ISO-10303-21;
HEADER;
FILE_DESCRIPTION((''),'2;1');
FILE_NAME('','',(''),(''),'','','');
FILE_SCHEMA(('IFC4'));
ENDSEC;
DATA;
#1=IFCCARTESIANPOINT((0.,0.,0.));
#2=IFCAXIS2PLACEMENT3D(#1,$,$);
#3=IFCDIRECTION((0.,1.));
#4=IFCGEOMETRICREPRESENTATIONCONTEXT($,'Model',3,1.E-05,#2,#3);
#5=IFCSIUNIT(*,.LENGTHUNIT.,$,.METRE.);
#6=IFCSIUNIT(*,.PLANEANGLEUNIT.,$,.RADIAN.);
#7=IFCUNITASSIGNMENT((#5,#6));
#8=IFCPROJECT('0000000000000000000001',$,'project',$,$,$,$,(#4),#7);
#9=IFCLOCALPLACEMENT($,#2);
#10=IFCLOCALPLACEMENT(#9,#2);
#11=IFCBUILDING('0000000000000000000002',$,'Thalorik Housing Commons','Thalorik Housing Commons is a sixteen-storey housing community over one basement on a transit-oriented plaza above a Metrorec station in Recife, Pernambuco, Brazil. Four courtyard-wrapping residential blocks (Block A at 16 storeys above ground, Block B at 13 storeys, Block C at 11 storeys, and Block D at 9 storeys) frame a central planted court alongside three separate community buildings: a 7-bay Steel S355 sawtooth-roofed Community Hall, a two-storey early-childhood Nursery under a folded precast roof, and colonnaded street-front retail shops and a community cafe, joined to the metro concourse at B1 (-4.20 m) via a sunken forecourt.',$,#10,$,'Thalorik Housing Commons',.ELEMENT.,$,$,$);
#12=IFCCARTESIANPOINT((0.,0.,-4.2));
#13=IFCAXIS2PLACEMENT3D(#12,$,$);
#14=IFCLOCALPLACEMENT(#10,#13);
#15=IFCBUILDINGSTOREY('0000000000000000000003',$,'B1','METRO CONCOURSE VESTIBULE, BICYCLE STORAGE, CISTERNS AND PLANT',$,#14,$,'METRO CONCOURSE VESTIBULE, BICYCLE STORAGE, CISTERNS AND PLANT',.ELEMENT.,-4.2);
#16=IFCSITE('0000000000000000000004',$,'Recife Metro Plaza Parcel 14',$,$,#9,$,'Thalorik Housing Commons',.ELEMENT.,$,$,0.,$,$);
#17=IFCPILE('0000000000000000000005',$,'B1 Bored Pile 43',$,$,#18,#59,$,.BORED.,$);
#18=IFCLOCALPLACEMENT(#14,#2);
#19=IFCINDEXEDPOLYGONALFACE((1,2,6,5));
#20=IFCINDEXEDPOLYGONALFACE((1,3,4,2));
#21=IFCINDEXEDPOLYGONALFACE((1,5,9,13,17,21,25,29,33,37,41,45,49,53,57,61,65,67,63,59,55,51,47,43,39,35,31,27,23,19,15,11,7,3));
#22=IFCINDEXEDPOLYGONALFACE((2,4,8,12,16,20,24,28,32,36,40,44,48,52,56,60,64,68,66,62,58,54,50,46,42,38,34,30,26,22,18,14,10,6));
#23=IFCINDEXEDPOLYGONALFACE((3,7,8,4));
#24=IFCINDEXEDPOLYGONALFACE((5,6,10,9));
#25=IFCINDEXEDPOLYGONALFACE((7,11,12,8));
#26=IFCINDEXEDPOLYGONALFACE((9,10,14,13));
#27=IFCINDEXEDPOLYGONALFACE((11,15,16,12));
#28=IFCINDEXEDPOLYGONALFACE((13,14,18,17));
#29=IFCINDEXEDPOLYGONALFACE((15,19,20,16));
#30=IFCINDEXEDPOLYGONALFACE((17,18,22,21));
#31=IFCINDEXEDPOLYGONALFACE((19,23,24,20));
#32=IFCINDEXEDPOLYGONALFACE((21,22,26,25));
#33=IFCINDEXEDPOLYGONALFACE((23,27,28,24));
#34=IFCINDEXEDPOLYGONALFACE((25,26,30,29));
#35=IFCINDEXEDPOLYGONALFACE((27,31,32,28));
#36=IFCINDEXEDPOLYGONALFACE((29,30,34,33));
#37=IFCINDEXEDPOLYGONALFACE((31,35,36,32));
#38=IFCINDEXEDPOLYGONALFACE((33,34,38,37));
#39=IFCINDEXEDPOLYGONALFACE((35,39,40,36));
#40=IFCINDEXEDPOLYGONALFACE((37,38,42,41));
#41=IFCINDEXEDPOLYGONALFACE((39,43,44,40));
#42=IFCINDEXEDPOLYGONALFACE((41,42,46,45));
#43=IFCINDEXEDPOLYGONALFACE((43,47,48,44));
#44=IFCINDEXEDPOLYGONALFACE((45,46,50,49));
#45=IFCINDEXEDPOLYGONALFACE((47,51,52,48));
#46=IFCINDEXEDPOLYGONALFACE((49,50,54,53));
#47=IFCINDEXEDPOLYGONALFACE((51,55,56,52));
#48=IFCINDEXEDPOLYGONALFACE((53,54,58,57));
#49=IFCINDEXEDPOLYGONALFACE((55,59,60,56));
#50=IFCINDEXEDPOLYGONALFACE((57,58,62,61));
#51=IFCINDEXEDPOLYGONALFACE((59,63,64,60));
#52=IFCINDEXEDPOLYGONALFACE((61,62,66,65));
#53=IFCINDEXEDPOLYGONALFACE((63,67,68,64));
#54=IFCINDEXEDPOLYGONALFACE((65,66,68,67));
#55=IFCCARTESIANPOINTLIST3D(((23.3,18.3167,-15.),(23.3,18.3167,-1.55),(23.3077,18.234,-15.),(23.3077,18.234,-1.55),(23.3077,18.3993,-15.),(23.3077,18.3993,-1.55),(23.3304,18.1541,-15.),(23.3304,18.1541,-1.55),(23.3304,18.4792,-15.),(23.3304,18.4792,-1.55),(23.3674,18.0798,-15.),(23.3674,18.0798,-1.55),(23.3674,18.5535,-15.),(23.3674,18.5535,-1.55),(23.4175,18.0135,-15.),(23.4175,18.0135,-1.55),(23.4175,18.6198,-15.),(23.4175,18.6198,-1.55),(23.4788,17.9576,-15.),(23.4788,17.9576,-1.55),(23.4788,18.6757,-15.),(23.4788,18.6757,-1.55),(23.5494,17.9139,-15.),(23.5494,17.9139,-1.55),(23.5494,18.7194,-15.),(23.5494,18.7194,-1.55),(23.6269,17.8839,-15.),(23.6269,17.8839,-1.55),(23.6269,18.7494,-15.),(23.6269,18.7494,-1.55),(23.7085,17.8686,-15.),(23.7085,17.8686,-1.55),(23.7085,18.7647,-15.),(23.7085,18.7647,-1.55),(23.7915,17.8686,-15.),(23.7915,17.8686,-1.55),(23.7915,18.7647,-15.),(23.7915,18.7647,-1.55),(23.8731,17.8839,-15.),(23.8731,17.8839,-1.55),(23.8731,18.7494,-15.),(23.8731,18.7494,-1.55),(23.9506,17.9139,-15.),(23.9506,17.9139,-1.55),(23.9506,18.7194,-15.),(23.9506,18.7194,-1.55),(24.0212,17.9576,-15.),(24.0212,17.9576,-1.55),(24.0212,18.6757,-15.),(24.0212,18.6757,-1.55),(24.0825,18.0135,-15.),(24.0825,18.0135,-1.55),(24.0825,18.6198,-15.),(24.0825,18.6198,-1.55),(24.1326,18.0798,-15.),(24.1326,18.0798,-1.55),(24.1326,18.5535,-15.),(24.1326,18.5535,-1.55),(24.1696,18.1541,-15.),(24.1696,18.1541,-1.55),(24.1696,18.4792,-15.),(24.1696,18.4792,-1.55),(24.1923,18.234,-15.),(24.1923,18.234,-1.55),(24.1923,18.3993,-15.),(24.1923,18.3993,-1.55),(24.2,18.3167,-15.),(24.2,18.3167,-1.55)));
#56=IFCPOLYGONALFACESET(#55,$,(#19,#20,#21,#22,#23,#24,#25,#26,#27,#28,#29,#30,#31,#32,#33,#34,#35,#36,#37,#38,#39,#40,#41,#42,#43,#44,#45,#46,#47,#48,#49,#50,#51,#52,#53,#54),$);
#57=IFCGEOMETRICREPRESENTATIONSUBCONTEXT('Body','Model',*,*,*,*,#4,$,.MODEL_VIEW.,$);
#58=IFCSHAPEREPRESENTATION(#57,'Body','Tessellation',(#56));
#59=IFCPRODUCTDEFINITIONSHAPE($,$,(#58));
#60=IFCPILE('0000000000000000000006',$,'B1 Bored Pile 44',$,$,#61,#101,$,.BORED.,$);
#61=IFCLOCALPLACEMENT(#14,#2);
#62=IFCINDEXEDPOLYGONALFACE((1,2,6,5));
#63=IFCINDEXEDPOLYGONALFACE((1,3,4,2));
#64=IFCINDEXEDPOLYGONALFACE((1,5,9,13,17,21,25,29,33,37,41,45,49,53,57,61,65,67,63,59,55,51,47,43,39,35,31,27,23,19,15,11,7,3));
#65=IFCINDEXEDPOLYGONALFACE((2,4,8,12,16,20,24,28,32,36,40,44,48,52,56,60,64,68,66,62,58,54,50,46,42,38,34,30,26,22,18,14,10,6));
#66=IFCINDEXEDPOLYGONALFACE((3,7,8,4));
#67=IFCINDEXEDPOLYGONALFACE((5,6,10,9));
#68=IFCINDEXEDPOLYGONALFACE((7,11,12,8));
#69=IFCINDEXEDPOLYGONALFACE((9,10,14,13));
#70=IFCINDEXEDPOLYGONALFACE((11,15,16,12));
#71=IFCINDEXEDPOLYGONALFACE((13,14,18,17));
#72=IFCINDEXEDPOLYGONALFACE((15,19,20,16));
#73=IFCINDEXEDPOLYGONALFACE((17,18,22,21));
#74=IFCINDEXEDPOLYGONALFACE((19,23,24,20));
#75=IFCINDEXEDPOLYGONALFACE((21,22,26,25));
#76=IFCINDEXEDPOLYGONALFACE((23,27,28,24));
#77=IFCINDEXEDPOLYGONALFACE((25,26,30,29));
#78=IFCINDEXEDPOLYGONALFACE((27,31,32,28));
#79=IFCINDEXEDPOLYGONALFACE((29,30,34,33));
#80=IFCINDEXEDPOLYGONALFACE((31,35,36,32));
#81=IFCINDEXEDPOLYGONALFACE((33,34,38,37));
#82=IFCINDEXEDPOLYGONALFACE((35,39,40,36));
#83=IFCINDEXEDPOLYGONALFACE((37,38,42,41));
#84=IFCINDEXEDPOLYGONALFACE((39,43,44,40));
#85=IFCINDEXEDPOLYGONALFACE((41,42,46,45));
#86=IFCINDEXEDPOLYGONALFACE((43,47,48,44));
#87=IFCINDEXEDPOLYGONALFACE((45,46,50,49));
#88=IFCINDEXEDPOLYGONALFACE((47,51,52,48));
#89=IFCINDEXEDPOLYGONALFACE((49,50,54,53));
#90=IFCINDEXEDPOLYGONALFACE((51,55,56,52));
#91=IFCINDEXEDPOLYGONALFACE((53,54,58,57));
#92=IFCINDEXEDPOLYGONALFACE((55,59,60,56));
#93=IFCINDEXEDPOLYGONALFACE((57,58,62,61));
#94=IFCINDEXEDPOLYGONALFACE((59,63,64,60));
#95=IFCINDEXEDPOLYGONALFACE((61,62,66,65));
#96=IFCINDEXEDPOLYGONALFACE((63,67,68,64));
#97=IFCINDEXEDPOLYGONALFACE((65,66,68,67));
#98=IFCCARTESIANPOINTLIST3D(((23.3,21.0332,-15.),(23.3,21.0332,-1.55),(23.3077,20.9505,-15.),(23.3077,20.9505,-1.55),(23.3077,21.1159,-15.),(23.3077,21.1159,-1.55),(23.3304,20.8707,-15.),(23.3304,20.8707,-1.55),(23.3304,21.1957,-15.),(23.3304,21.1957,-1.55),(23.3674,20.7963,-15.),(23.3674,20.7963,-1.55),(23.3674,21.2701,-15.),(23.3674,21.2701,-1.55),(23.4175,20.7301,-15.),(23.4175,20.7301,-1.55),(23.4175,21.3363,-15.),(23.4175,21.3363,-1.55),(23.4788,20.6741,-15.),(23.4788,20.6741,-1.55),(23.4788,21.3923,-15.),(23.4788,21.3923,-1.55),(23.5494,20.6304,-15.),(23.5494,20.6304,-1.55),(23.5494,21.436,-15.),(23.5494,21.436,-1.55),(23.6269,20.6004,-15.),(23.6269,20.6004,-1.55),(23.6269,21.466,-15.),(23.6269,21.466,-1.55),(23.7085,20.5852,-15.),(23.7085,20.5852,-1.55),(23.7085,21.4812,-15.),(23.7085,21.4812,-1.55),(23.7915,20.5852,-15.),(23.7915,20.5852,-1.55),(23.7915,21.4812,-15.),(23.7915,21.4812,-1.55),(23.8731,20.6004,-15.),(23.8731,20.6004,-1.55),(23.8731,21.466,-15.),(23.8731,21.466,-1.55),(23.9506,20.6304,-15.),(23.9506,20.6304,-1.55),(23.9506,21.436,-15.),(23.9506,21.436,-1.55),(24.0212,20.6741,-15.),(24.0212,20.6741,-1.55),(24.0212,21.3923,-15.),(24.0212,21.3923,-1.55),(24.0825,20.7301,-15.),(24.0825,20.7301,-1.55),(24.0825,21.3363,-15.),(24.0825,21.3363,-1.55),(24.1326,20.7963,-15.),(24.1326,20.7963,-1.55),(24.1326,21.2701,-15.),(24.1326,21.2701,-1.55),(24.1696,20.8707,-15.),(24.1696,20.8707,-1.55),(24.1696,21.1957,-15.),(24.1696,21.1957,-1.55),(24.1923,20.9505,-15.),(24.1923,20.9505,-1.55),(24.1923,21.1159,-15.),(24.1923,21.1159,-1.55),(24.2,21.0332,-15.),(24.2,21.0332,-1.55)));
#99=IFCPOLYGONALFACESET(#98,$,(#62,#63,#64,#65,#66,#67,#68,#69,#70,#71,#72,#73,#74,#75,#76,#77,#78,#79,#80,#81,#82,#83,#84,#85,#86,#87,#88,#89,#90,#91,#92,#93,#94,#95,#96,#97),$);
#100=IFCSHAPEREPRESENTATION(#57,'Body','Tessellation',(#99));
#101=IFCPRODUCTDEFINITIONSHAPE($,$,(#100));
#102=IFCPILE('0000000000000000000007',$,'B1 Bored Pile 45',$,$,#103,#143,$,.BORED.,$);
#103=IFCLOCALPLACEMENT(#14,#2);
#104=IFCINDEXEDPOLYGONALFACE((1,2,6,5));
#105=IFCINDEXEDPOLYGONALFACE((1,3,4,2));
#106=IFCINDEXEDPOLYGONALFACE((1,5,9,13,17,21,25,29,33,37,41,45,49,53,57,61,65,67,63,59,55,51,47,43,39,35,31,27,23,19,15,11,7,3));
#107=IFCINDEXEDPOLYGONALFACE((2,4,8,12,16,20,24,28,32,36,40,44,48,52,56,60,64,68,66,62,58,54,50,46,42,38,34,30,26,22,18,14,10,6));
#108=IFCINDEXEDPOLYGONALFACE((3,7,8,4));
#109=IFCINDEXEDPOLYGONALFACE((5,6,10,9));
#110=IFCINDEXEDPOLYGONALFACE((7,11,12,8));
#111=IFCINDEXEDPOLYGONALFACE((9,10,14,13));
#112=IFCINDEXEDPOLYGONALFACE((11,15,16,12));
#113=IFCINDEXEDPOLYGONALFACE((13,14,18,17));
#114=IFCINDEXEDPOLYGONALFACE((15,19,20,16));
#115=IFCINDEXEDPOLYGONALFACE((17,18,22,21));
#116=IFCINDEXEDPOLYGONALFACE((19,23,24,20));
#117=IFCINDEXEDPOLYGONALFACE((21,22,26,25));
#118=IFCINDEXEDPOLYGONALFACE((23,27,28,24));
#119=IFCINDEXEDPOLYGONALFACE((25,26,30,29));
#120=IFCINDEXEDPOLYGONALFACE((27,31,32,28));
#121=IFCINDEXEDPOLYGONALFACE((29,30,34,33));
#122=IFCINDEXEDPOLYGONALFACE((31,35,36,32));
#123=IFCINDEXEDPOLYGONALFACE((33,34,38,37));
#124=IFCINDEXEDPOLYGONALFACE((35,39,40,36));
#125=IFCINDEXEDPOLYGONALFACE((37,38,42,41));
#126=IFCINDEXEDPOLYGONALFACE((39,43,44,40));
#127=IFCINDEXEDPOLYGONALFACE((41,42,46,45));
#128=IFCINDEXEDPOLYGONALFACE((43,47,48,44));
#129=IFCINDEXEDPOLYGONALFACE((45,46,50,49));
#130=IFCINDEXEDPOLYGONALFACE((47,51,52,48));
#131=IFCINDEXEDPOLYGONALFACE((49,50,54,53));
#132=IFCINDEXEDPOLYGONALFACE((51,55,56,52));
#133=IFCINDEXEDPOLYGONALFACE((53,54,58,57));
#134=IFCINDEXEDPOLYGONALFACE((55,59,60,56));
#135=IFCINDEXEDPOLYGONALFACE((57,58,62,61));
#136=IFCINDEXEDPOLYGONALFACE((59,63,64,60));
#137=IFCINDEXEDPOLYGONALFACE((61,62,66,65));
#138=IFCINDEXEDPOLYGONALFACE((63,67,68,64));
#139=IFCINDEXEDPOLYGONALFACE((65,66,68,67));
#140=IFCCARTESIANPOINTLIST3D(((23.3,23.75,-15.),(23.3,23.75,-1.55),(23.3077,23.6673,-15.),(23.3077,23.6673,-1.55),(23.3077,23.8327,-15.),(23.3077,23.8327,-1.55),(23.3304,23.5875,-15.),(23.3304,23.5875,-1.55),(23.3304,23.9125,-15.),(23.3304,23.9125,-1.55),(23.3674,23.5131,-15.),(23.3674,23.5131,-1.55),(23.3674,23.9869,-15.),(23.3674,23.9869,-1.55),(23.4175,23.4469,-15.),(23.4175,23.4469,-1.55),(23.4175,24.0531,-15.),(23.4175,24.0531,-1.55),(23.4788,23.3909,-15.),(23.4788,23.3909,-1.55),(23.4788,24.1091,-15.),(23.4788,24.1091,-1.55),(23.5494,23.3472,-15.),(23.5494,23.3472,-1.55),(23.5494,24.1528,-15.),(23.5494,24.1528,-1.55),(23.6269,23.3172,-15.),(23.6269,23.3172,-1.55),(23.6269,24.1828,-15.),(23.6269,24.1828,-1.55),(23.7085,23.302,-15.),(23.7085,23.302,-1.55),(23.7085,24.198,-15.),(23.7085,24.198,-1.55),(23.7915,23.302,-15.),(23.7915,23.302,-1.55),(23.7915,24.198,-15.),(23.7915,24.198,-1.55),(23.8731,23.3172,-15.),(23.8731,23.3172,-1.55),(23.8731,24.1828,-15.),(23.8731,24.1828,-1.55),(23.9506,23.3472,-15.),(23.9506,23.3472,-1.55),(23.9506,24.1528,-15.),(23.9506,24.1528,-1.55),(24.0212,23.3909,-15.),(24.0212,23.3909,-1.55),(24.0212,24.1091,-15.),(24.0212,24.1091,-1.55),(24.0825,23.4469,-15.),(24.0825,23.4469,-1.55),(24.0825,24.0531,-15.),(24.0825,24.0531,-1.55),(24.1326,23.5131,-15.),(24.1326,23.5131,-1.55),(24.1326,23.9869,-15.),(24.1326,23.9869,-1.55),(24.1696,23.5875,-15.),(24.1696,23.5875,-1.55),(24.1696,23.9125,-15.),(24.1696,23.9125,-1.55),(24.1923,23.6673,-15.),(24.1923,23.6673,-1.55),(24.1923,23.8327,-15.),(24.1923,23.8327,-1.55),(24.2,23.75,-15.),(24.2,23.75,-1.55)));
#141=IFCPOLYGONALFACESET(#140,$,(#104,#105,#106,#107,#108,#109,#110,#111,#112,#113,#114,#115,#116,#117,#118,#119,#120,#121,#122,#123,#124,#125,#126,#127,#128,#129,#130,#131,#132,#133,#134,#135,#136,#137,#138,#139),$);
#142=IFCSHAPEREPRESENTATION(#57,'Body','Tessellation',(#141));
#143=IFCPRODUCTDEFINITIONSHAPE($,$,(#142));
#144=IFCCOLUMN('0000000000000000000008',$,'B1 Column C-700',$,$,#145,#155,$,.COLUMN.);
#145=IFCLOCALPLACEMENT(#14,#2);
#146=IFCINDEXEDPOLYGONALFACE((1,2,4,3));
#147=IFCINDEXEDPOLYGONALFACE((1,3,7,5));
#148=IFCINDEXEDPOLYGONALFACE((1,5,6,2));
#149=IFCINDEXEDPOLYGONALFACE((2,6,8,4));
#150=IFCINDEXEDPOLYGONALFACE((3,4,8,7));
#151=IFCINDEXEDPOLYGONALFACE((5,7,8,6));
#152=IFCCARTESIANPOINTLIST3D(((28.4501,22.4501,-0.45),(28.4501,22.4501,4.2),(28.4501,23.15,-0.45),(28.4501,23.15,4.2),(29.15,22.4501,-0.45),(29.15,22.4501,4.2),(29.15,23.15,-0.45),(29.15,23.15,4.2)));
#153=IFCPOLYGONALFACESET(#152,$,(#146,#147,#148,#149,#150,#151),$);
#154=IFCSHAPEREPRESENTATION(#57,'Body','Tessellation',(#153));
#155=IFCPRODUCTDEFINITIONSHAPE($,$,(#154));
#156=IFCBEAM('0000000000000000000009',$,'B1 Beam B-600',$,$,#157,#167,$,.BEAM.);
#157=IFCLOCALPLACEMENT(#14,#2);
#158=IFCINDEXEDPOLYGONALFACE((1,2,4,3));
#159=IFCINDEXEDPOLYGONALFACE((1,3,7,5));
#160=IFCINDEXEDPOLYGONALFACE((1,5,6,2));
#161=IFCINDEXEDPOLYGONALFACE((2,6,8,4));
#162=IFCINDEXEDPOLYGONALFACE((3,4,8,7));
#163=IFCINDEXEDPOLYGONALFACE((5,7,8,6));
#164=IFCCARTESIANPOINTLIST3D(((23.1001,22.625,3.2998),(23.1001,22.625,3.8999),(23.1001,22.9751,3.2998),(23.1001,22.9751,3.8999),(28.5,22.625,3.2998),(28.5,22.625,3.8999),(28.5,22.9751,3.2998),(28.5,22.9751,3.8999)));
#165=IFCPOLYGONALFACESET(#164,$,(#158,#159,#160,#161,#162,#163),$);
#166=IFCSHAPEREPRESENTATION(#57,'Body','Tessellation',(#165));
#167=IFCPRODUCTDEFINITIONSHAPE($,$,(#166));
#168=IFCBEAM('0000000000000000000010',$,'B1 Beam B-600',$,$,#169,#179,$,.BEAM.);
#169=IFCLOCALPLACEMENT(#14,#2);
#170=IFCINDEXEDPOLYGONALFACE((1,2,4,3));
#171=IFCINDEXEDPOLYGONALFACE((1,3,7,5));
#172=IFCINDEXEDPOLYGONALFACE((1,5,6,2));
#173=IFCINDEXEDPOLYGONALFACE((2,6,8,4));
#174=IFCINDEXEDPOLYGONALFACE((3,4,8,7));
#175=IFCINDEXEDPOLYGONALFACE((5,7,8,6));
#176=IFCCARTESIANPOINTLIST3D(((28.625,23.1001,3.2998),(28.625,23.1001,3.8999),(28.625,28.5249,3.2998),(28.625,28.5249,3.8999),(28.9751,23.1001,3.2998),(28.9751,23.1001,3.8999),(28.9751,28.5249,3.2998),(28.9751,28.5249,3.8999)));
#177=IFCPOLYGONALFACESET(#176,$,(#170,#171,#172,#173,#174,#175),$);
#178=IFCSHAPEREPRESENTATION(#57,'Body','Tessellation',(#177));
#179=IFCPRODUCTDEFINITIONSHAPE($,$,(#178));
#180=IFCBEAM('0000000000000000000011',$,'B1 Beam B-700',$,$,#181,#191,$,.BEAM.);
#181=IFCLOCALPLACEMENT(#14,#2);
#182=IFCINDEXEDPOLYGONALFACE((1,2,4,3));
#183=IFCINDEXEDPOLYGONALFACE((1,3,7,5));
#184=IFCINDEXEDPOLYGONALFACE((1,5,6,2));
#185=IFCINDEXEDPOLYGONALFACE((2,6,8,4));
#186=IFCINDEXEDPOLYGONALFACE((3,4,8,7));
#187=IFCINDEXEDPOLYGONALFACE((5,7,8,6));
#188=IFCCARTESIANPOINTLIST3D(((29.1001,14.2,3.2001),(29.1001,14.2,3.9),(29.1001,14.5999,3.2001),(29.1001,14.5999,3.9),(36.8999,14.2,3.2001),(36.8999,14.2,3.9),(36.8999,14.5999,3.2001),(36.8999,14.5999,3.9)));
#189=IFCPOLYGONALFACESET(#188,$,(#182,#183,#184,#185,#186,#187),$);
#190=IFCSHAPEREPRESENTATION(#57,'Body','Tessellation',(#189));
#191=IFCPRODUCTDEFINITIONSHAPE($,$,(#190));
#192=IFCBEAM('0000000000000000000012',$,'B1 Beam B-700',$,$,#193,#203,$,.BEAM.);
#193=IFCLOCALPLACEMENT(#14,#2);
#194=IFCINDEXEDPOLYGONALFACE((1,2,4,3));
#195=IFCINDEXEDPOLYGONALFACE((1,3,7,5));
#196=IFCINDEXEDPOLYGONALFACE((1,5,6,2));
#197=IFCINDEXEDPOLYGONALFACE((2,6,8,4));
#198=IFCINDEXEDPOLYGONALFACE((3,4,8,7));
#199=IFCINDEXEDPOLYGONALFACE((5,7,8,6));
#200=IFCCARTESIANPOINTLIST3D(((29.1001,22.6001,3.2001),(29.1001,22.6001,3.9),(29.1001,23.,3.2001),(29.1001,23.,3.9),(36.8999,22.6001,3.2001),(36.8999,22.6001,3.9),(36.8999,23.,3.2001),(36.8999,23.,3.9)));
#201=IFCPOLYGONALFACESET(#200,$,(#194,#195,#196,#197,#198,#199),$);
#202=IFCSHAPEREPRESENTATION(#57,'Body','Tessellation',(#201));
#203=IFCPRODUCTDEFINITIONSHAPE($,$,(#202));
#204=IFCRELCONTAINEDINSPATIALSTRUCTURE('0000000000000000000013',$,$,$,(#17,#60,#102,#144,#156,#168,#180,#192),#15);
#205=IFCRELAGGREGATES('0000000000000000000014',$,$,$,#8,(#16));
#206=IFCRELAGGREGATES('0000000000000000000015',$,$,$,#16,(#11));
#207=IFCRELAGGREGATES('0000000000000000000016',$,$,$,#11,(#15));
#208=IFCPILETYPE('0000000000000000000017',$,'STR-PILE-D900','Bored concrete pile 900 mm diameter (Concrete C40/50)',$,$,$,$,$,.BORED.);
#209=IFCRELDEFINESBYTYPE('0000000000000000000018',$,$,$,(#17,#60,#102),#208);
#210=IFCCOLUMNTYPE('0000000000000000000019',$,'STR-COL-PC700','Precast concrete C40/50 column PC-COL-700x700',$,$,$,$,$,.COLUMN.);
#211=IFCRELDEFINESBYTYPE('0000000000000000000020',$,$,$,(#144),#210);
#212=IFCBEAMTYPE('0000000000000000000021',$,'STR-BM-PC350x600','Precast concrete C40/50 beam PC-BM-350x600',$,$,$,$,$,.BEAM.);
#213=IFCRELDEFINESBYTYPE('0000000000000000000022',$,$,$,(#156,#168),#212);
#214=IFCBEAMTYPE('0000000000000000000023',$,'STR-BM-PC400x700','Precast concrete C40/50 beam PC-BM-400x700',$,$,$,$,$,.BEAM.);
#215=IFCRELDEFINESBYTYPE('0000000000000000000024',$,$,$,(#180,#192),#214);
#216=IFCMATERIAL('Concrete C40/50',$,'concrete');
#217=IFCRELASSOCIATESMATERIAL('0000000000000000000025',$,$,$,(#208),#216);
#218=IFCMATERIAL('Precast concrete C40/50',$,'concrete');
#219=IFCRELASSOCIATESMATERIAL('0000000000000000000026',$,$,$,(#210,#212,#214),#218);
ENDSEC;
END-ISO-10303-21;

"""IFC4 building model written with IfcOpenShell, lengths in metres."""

from ifc_helpers import new_model, si_unit, direction, frame, origin, origin_2d, place, context, subcontext, project, spatial, rectangle, circle, extrude, material, material_profile, profile_set, type_object, element, save


model = new_model("IFC4")

# Units and contexts
model_context = context("Model", 3, precision=1e-05, world=origin(), true_north=direction((0.0, 1.0)))
body_context = subcontext(model_context, "Body", "Model", "MODEL_VIEW")
ifc_project = project(units=[si_unit("LENGTHUNIT", "METRE"), si_unit("PLANEANGLEUNIT", "RADIAN")], contexts=[model_context])

# Site, building, storey
site_placement = place(None, origin())
site = spatial("IfcSite", under=ifc_project, at=site_placement, Name="Recife Metro Plaza Parcel 14", LongName="Thalorik Housing Commons", CompositionType="ELEMENT", RefElevation=0.0)
building_placement = place(site_placement, origin())
building = spatial("IfcBuilding", under=site, at=building_placement, Name="Thalorik Housing Commons", Description="Thalorik Housing Commons is a sixteen-storey housing community over one basement on a transit-oriented plaza above a Metrorec station in Recife, Pernambuco, Brazil. Four courtyard-wrapping residential blocks (Block A at 16 storeys above ground, Block B at 13 storeys, Block C at 11 storeys, and Block D at 9 storeys) frame a central planted court alongside three separate community buildings: a 7-bay Steel S355 sawtooth-roofed Community Hall, a two-storey early-childhood Nursery under a folded precast roof, and colonnaded street-front retail shops and a community cafe, joined to the metro concourse at B1 (-4.20 m) via a sunken forecourt.", LongName="Thalorik Housing Commons", CompositionType="ELEMENT")
storey_placement = place(building_placement, frame((0.0, 0.0, -4.2)))
storey = spatial("IfcBuildingStorey", under=building, at=storey_placement, Name="B1", Description="METRO CONCOURSE VESTIBULE, BICYCLE STORAGE, CISTERNS AND PLANT", LongName="METRO CONCOURSE VESTIBULE, BICYCLE STORAGE, CISTERNS AND PLANT", CompositionType="ELEMENT", Elevation=-4.2)

# Shared definitions
ifc_material_1 = material(Name="Concrete C40/50", Category="concrete")

# Piles
ifc_material_profile_1 = material_profile(ifc_material_1, circle(Radius=0.45, at=origin_2d()), Name="BORED PILE D900", Category="concrete")
ifc_profile_set_1 = profile_set([ifc_material_profile_1], Name="Concrete C40/50")
pile_type_1 = type_object("IfcPileType", Name="STR-PILE-D900", Description="Bored concrete pile 900 mm diameter (Concrete C40/50)", PredefinedType="BORED", material=ifc_profile_set_1)
for number, where, z_axis, x_axis, name in (
    (1, (23.75, 18.3167, -1.55), (0.0, 0.0, -1.0), (1.0, 0.0, 0.0), "B1 Bored Pile 43"),
    (2, (23.75, 21.0332, -1.55), (0.0, 0.0, -1.0), (1.0, 0.0, 0.0), "B1 Bored Pile 44"),
    (3, (23.75, 23.75, -1.55), (0.0, 0.0, -1.0), (1.0, 0.0, 0.0), "B1 Bored Pile 45"),
):
    element("IfcPile", number, at=place(storey_placement, frame(where, z_axis=z_axis, x_axis=x_axis)), inside=storey, type_object=pile_type_1, Name=name, PredefinedType="BORED", context=body_context, shape_type="SweptSolid", body=[
        extrude(circle(Radius=0.45, at=origin_2d()), origin(), (0.0, 0.0, 1.0), 13.45),
    ])

# Column
ifc_material_2 = material(Name="Precast concrete C40/50", Category="concrete")
ifc_material_profile_2 = material_profile(ifc_material_2, rectangle(XDim=0.7, YDim=0.7, at=origin_2d()), Name="PC 700x700", Category="concrete")
ifc_profile_set_2 = profile_set([ifc_material_profile_2], Name="Precast concrete C40/50")
column_type = type_object("IfcColumnType", Name="STR-COL-PC700", Description="Precast concrete C40/50 column PC-COL-700x700", PredefinedType="COLUMN", material=ifc_profile_set_2)
column_placement = place(storey_placement, frame((28.8, 22.8, -0.45), z_axis=(0.0, 0.0, 1.0), x_axis=(1.0, 0.0, 0.0)))
element("IfcColumn", 4, at=column_placement, inside=storey, type_object=column_type, Name="B1 Column C-700", PredefinedType="COLUMN", context=body_context, shape_type="SweptSolid", body=[
    extrude(rectangle(XDim=0.7, YDim=0.7, at=origin_2d()), origin(), (0.0, 0.0, 1.0), 4.6499),
])

# Beams
ifc_material_profile_3 = material_profile(ifc_material_2, rectangle(XDim=0.3501, YDim=0.6001, at=origin_2d()), Name="PC 350x600", Category="concrete")
ifc_profile_set_3 = profile_set([ifc_material_profile_3], Name="Precast concrete C40/50")
beam_type_1 = type_object("IfcBeamType", Name="STR-BM-PC350x600", Description="Precast concrete C40/50 beam PC-BM-350x600", PredefinedType="BEAM", material=ifc_profile_set_3)
beam_1_placement = place(storey_placement, frame((23.1001, 22.8, 3.5999), z_axis=(1.0, 0.0, 0.0), x_axis=(0.0, 1.0, 0.0)))
element("IfcBeam", 5, at=beam_1_placement, inside=storey, type_object=beam_type_1, Name="B1 Beam B-600", PredefinedType="BEAM", context=body_context, shape_type="SweptSolid", body=[
    extrude(rectangle(XDim=0.3501, YDim=0.6001, at=origin_2d()), origin(), (0.0, 0.0, 1.0), 5.3999),
])
beam_2_placement = place(storey_placement, frame((28.8, 23.1001, 3.5999), z_axis=(0.0, 1.0, 0.0), x_axis=(-1.0, 0.0, 0.0)))
element("IfcBeam", 6, at=beam_2_placement, inside=storey, type_object=beam_type_1, Name="B1 Beam B-600", PredefinedType="BEAM", context=body_context, shape_type="SweptSolid", body=[
    extrude(rectangle(XDim=0.3501, YDim=0.6001, at=origin_2d()), origin(), (0.0, 0.0, 1.0), 5.4248),
])
ifc_material_profile_4 = material_profile(ifc_material_2, rectangle(XDim=0.3999, YDim=0.7, at=origin_2d()), Name="PC 400x700", Category="concrete")
ifc_profile_set_4 = profile_set([ifc_material_profile_4], Name="Precast concrete C40/50")
beam_type_2 = type_object("IfcBeamType", Name="STR-BM-PC400x700", Description="Precast concrete C40/50 beam PC-BM-400x700", PredefinedType="BEAM", material=ifc_profile_set_4)
for number, where, z_axis, x_axis, name in (
    (7, (29.1001, 14.3999, 3.55), (1.0, 0.0, 0.0), (0.0, 1.0, 0.0), "B1 Beam B-700"),
    (8, (29.1001, 22.8, 3.55), (1.0, 0.0, 0.0), (0.0, 1.0, 0.0), "B1 Beam B-700"),
):
    element("IfcBeam", number, at=place(storey_placement, frame(where, z_axis=z_axis, x_axis=x_axis)), inside=storey, type_object=beam_type_2, Name=name, PredefinedType="BEAM", context=body_context, shape_type="SweptSolid", body=[
        extrude(rectangle(XDim=0.3999, YDim=0.7, at=origin_2d()), origin(), (0.0, 0.0, 1.0), 7.7998),
    ])

save(model, "model.ifc")
